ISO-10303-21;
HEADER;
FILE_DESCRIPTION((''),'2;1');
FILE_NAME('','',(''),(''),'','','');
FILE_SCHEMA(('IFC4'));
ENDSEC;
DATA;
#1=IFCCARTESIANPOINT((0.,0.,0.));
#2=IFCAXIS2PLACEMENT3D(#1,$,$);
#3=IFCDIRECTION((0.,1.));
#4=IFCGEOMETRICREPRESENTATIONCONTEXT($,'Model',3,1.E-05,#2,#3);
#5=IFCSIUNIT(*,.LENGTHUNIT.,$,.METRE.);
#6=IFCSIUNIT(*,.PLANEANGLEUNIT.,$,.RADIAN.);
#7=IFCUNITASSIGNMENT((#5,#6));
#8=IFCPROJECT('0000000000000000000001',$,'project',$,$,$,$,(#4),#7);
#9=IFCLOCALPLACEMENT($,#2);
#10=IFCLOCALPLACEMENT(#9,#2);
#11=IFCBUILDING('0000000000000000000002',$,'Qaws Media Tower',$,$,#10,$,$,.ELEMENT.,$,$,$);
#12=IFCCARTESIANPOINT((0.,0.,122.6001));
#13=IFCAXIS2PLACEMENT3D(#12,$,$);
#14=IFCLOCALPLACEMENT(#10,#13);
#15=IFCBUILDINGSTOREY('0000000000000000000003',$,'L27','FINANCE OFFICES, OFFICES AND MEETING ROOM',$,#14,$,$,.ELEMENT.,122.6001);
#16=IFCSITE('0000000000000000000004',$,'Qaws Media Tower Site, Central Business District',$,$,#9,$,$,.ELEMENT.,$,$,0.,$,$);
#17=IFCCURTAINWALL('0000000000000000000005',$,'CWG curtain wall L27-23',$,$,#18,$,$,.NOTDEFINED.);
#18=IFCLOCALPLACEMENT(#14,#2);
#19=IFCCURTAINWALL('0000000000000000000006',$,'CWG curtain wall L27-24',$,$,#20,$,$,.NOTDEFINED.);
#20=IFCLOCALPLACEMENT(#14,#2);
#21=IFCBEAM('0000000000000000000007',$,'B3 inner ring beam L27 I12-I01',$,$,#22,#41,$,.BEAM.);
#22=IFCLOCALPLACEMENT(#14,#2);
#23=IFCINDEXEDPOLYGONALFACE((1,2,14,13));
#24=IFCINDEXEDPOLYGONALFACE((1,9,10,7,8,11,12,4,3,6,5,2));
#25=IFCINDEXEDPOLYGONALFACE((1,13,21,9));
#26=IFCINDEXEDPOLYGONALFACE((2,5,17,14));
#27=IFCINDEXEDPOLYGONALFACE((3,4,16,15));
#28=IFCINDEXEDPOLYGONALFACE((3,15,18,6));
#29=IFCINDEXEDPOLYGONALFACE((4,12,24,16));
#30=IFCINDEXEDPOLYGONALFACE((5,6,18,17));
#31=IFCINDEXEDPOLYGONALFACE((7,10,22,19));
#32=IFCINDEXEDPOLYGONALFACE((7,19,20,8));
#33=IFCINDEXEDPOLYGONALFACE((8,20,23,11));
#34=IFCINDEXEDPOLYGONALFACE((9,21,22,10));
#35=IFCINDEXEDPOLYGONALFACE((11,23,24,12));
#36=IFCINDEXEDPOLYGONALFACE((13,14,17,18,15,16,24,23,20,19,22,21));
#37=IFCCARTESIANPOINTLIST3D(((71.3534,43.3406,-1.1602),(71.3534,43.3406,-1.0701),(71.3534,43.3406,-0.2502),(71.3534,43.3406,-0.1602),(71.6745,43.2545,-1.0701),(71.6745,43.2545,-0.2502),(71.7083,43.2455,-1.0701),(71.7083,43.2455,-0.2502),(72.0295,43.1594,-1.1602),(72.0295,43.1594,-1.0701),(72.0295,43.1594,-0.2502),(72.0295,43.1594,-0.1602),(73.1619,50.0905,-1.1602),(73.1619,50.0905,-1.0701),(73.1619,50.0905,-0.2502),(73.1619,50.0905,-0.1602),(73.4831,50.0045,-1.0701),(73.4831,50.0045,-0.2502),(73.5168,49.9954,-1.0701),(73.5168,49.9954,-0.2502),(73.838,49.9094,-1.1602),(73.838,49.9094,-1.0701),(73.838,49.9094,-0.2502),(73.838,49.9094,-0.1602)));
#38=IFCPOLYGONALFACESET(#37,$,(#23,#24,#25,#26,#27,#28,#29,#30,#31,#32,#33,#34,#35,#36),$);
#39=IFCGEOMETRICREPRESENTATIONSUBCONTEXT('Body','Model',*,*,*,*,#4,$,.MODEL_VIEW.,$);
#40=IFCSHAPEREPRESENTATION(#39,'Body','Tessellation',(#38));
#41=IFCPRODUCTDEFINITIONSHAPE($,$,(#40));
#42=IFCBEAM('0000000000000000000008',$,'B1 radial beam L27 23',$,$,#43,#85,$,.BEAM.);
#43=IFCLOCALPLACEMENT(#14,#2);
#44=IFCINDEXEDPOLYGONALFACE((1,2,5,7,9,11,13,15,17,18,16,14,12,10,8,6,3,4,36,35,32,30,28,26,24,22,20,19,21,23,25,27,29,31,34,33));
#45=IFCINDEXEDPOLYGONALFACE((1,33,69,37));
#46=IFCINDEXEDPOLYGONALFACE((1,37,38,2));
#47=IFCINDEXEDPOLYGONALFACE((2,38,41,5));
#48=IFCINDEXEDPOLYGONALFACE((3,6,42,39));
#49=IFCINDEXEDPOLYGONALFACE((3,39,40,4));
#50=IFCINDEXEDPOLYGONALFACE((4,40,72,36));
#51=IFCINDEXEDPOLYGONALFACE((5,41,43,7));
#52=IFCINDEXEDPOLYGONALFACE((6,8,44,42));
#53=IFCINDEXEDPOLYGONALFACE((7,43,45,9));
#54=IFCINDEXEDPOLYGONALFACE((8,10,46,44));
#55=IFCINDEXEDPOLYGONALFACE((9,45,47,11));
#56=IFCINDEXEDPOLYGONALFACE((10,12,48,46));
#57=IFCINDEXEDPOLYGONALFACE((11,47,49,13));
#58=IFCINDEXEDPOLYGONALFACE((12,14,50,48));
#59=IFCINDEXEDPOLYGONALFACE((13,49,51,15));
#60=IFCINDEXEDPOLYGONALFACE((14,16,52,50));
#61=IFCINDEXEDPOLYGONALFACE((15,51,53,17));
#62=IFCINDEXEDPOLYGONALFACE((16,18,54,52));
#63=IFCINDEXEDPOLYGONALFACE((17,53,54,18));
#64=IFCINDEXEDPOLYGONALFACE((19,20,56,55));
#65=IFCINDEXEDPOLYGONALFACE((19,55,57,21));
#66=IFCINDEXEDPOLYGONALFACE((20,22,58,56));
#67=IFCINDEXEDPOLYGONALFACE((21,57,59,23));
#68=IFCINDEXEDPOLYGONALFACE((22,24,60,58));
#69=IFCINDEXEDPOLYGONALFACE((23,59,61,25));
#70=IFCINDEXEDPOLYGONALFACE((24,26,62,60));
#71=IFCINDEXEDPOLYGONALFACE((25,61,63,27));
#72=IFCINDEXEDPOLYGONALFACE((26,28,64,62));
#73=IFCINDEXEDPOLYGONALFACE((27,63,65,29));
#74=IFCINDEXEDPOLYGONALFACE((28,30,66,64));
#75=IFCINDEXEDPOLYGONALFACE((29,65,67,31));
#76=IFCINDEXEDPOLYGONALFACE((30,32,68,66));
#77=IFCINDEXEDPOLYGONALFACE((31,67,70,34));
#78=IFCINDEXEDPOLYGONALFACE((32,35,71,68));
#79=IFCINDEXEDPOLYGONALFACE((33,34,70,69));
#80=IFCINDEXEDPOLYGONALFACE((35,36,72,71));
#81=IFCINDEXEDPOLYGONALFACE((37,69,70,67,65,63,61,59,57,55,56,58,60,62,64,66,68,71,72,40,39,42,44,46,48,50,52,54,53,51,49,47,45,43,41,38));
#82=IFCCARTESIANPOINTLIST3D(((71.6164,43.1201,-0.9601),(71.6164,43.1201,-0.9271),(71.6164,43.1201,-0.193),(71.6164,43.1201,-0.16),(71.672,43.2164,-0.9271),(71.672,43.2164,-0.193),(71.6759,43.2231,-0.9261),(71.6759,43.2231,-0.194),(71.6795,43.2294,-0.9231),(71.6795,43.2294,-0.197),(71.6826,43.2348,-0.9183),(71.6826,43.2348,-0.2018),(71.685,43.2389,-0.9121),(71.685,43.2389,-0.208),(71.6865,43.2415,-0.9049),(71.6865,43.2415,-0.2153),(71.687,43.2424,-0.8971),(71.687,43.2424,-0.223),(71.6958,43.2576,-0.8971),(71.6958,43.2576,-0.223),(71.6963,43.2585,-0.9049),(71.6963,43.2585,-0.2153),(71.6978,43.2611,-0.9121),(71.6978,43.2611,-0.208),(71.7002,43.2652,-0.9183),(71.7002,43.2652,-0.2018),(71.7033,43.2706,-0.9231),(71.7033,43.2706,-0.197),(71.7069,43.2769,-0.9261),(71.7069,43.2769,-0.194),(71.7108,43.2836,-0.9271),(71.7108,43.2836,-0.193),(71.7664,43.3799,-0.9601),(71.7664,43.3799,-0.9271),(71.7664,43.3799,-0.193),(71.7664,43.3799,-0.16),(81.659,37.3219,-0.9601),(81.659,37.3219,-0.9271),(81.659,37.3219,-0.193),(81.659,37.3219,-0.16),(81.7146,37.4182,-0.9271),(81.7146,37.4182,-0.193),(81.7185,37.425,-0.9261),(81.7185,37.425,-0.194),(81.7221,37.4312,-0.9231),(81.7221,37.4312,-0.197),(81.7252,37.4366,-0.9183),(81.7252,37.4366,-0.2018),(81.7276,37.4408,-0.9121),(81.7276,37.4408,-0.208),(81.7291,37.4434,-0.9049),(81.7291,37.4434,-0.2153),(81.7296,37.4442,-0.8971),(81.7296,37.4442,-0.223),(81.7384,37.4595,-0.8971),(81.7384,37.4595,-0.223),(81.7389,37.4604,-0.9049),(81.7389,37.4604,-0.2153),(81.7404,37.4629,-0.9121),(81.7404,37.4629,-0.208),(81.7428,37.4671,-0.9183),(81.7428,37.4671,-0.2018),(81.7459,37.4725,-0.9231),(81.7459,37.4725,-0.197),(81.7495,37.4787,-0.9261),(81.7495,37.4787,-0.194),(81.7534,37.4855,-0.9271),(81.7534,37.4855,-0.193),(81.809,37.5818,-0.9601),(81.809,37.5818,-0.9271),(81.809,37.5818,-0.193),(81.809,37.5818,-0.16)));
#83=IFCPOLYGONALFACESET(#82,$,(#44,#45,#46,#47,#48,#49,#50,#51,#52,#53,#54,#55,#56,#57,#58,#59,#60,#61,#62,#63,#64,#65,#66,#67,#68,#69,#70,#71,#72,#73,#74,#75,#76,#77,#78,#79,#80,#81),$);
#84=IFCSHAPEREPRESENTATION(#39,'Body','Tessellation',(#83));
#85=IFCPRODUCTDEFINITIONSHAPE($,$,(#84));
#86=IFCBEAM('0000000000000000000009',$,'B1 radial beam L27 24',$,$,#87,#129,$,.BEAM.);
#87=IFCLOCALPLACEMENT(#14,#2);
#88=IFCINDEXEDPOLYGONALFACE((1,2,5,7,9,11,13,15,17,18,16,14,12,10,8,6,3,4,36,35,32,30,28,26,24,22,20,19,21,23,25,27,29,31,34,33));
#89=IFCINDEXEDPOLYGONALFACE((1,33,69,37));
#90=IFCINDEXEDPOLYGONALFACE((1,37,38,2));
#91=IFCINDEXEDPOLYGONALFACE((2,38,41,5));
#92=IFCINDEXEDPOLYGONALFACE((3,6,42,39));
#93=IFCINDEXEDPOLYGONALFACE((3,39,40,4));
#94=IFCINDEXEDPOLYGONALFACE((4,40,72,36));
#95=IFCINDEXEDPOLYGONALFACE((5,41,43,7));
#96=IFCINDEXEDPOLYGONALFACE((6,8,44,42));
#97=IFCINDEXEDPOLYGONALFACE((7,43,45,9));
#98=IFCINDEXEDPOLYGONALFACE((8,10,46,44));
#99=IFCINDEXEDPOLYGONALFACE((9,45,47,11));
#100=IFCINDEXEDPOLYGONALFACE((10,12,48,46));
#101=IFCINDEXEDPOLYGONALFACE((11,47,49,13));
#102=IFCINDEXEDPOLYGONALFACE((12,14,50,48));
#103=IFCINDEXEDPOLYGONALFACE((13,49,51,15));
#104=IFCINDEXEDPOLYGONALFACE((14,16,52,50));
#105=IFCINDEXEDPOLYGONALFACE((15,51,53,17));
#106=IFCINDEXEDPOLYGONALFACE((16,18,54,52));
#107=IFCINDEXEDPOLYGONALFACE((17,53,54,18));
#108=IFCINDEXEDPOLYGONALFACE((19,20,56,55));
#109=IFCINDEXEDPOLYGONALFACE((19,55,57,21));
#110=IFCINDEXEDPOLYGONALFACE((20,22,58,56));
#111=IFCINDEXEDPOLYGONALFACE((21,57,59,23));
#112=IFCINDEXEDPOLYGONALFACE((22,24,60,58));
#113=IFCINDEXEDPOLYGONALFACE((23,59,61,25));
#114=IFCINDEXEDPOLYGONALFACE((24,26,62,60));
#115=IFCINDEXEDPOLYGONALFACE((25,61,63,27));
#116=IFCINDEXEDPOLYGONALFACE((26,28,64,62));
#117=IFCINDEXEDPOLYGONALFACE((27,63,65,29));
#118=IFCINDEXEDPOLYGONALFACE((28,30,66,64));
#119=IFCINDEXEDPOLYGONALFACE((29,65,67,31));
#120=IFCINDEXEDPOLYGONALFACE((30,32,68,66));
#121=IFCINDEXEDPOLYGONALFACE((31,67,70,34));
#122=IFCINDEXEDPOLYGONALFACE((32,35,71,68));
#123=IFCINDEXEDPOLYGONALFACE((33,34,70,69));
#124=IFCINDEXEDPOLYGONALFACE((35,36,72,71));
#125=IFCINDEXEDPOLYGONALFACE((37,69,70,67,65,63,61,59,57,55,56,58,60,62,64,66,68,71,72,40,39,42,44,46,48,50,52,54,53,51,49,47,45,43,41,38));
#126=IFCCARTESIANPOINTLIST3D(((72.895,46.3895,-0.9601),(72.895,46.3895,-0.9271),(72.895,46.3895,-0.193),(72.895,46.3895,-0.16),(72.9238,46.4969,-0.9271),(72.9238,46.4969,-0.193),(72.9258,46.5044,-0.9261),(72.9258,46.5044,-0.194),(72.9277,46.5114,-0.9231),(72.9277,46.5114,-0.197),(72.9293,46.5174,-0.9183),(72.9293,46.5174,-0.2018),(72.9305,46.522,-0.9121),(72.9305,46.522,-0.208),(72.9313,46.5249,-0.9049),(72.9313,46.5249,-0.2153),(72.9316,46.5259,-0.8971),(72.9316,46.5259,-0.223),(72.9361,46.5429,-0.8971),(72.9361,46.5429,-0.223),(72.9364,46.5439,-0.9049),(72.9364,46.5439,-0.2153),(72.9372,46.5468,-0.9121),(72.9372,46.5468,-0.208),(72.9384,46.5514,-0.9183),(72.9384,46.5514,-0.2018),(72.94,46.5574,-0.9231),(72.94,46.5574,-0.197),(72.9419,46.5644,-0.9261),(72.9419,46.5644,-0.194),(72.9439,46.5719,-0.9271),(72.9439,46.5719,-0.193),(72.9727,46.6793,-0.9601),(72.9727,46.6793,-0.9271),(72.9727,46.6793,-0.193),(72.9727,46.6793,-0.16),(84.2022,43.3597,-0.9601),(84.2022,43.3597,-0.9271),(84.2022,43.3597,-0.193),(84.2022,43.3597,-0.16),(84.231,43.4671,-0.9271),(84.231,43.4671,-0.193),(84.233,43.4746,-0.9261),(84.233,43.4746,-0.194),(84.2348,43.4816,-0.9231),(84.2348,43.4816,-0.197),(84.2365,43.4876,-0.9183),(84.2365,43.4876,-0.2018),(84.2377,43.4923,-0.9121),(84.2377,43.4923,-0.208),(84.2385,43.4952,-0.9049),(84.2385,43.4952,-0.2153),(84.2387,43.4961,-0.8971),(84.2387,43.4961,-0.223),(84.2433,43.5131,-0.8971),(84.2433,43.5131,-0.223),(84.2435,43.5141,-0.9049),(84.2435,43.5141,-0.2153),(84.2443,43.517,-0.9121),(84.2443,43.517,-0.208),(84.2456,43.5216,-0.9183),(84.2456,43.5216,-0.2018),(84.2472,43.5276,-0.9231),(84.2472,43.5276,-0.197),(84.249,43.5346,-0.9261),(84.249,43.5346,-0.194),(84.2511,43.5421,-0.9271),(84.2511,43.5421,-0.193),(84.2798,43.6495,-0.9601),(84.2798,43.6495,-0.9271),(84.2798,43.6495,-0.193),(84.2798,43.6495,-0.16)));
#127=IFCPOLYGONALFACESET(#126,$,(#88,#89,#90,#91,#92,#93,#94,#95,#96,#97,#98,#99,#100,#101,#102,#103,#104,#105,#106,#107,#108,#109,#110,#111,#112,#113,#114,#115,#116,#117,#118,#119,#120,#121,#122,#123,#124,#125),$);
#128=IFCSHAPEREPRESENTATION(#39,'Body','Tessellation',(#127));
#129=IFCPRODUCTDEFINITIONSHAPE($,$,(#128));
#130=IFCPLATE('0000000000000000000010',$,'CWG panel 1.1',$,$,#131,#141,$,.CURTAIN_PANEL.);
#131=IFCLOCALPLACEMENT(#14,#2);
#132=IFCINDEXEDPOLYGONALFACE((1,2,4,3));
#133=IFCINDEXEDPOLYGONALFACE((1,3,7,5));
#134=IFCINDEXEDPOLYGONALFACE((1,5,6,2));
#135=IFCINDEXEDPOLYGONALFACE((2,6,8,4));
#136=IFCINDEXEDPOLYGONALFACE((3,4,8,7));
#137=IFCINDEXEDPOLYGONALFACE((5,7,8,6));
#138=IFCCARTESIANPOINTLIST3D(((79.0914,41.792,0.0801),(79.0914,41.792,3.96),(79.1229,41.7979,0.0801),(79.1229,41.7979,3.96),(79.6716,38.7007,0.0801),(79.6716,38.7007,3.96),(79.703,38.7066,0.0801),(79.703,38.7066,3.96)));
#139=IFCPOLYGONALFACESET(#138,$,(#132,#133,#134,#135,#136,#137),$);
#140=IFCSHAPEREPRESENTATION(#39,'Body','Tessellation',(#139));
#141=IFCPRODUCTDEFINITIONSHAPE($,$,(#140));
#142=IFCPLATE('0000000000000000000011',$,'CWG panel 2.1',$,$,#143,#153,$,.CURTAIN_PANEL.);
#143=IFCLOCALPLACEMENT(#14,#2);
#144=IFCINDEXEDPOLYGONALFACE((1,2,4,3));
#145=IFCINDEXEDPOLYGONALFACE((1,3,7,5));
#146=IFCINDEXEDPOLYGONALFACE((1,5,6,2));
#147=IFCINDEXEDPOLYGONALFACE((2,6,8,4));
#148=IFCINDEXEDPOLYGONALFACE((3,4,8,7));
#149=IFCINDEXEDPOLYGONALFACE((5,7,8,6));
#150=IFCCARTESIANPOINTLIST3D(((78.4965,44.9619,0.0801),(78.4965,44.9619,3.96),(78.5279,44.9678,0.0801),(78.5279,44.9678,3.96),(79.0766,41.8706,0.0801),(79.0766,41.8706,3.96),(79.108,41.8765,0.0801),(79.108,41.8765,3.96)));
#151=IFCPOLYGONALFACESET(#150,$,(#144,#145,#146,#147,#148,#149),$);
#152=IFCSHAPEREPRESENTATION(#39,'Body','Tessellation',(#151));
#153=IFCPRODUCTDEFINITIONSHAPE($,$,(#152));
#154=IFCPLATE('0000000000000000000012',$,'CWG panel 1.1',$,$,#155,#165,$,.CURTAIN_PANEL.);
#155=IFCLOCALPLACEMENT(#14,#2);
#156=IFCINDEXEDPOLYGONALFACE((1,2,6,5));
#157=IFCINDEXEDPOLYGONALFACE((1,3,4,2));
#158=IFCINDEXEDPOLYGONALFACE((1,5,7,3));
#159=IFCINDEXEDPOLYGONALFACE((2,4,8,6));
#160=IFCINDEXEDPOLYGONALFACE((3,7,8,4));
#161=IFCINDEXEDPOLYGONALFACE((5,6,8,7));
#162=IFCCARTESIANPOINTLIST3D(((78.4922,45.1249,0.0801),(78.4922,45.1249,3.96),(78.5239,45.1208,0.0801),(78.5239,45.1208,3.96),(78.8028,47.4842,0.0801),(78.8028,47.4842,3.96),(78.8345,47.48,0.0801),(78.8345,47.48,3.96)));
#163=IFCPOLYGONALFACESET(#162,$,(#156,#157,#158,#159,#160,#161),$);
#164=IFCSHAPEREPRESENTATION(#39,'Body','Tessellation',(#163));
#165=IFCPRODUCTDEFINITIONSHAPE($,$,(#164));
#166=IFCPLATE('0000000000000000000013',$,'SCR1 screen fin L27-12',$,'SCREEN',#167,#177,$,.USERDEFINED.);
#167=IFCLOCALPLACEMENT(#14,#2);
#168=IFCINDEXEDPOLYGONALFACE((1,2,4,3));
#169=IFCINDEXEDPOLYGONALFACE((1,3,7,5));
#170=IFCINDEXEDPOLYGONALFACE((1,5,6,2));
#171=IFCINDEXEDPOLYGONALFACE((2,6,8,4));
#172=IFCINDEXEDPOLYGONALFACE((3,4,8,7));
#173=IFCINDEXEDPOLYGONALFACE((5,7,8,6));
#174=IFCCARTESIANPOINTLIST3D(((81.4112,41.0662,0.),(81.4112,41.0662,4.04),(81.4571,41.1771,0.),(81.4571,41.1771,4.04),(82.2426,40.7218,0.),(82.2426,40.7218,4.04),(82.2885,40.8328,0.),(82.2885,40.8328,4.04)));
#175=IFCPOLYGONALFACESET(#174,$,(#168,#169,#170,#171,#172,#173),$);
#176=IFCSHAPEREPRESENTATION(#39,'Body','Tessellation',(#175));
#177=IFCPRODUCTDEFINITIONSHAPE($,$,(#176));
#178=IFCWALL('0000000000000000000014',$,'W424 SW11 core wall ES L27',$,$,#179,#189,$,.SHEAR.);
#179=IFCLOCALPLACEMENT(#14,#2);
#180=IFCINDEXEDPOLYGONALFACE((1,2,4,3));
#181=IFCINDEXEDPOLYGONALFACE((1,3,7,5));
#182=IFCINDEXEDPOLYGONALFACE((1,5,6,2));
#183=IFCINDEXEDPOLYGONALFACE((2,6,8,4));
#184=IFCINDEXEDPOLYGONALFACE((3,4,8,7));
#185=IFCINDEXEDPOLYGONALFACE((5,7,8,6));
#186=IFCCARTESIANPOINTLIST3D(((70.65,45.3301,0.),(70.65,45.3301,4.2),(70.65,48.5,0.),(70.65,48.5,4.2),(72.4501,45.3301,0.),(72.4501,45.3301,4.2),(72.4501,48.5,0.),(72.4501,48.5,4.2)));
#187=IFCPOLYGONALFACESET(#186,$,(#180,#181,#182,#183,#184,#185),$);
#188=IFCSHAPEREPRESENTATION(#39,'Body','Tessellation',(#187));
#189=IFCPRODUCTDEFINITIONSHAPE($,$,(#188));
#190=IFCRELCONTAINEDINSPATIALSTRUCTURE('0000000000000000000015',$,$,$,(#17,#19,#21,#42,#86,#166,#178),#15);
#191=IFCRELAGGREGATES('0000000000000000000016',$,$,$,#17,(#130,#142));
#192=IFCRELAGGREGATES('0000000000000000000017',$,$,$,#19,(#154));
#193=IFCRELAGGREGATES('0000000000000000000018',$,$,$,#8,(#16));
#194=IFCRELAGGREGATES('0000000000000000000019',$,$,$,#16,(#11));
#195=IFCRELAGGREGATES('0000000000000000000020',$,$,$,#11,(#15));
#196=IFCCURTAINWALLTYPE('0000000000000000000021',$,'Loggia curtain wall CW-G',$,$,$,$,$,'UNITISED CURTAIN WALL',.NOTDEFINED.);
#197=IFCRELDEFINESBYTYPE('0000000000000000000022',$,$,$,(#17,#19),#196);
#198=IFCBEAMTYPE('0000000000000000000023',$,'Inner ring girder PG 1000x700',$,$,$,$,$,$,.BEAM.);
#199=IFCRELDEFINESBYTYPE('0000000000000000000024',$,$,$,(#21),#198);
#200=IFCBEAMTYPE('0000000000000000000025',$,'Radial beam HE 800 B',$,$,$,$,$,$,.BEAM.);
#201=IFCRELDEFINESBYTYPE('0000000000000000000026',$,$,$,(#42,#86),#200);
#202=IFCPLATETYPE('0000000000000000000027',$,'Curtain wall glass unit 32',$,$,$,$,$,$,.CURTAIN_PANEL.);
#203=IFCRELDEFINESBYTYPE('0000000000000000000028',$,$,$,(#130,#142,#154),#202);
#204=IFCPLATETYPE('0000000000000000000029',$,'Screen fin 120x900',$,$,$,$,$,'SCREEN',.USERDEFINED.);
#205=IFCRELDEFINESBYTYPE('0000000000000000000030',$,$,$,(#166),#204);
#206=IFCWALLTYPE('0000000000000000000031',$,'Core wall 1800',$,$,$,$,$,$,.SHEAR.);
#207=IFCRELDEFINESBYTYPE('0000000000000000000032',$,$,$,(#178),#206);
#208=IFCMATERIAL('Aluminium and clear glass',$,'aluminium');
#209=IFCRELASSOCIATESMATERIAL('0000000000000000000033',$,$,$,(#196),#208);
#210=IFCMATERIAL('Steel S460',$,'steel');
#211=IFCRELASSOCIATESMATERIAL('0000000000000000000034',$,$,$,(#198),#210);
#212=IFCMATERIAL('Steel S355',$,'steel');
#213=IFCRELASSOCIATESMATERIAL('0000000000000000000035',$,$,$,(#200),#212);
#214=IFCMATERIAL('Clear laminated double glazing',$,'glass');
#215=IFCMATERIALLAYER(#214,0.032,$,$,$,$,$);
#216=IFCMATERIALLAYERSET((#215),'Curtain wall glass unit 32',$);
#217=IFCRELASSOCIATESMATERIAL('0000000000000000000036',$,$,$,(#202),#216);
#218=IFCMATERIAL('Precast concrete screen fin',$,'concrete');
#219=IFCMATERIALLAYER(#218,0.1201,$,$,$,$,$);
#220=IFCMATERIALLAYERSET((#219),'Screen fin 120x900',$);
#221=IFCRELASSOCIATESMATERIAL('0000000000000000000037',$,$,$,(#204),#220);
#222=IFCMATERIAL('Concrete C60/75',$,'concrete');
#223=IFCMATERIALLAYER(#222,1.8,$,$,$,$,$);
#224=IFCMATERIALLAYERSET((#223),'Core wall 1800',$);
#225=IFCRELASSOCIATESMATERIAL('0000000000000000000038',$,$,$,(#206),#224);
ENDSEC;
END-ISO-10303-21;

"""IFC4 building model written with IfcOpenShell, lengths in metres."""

from ifc_helpers import new_model, si_unit, direction, frame, frame_2d, origin, origin_2d, place, context, subcontext, project, spatial, rectangle, i_section, extrude, material, layer, layer_set, material_profile, profile_set, type_object, element, aggregate, save


model = new_model("IFC4")

# Units and contexts
model_context = context("Model", 3, precision=1e-05, world=origin(), true_north=direction((0.0, 1.0)))
body_context = subcontext(model_context, "Body", "Model", "MODEL_VIEW")
ifc_project = project(units=[si_unit("LENGTHUNIT", "METRE"), si_unit("PLANEANGLEUNIT", "RADIAN")], contexts=[model_context])

# Site, building, storey
site_placement = place(None, origin())
site = spatial("IfcSite", under=ifc_project, at=site_placement, Name="Qaws Media Tower Site, Central Business District", CompositionType="ELEMENT", RefElevation=0.0)
building_placement = place(site_placement, origin())
building = spatial("IfcBuilding", under=site, at=building_placement, Name="Qaws Media Tower", CompositionType="ELEMENT")
storey_placement = place(building_placement, frame((0.0, 0.0, 122.6001)))
storey = spatial("IfcBuildingStorey", under=building, at=storey_placement, Name="L27", Description="FINANCE OFFICES, OFFICES AND MEETING ROOM", CompositionType="ELEMENT", Elevation=122.6001)

# Curtain walls
ifc_material_1 = material(Name="Aluminium and clear glass", Category="aluminium")
curtain_wall_type = type_object("IfcCurtainWallType", Name="Loggia curtain wall CW-G", ElementType="UNITISED CURTAIN WALL", PredefinedType="NOTDEFINED", material=ifc_material_1)
curtain_wall_1_placement = place(storey_placement, origin())
curtain_wall_1 = element("IfcCurtainWall", 1, at=curtain_wall_1_placement, inside=storey, type_object=curtain_wall_type, Name="CWG curtain wall L27-23", PredefinedType="NOTDEFINED")
curtain_wall_2_placement = place(storey_placement, origin())
curtain_wall_2 = element("IfcCurtainWall", 2, at=curtain_wall_2_placement, inside=storey, type_object=curtain_wall_type, Name="CWG curtain wall L27-24", PredefinedType="NOTDEFINED")

# Beams
ifc_material_2 = material(Name="Steel S460", Category="steel")
ifc_material_profile_1 = material_profile(ifc_material_2, i_section(OverallWidth=0.7, OverallDepth=1.0, WebThickness=0.0349, FlangeThickness=0.0901, at=origin_2d()), Name="PG 1000x700")
ifc_profile_set_1 = profile_set([ifc_material_profile_1], Name="Steel S460")
beam_type_1 = type_object("IfcBeamType", Name="Inner ring girder PG 1000x700", PredefinedType="BEAM", material=ifc_profile_set_1)
beam_1_placement = place(storey_placement, frame((71.6914, 43.25, -0.6602), z_axis=(0.258811, 0.965928, 0.0), x_axis=(-0.965928, 0.258811, 0.0)))
element("IfcBeam", 3, at=beam_1_placement, inside=storey, type_object=beam_type_1, Name="B3 inner ring beam L27 I12-I01", PredefinedType="BEAM", context=body_context, shape_type="SweptSolid", body=[
    extrude(i_section(OverallWidth=0.7, OverallDepth=1.0, WebThickness=0.0349, FlangeThickness=0.0901, at=origin_2d()), origin(), (0.0, 0.0, 1.0), 6.988),
])
ifc_material_3 = material(Name="Steel S355", Category="steel")
ifc_material_profile_2 = material_profile(ifc_material_3, i_section(OverallWidth=0.3, OverallDepth=0.8, WebThickness=0.0176, FlangeThickness=0.033, FilletRadius=0.03, at=origin_2d()), Name="HE 800 B")
ifc_profile_set_2 = profile_set([ifc_material_profile_2], Name="Steel S355")
beam_type_2 = type_object("IfcBeamType", Name="Radial beam HE 800 B", PredefinedType="BEAM", material=ifc_profile_set_2)
beam_2_placement = place(storey_placement, frame((71.6914, 43.25, -0.5601), z_axis=(0.866023, -0.500004, 0.0), x_axis=(0.500004, 0.866023, 0.0)))
element("IfcBeam", 4, at=beam_2_placement, inside=storey, type_object=beam_type_2, Name="B1 radial beam L27 23", PredefinedType="BEAM", context=body_context, shape_type="SweptSolid", body=[
    extrude(i_section(OverallWidth=0.3, OverallDepth=0.8, WebThickness=0.0176, FlangeThickness=0.033, FilletRadius=0.03, at=origin_2d()), origin(), (0.0, 0.0, 1.0), 11.5962),
])
beam_3_placement = place(storey_placement, frame((72.9338, 46.5344, -0.5601), z_axis=(0.965925, -0.258823, 0.0), x_axis=(0.258823, 0.965925, 0.0)))
element("IfcBeam", 5, at=beam_3_placement, inside=storey, type_object=beam_type_2, Name="B1 radial beam L27 24", PredefinedType="BEAM", context=body_context, shape_type="SweptSolid", body=[
    extrude(i_section(OverallWidth=0.3, OverallDepth=0.8, WebThickness=0.0176, FlangeThickness=0.033, FilletRadius=0.03, at=origin_2d()), origin(), (0.0, 0.0, 1.0), 11.7061),
])

# Plates
ifc_material_4 = material(Name="Clear laminated double glazing", Category="glass")
ifc_layer_1 = layer(ifc_material_4, 0.032)
ifc_layer_set_1 = layer_set([ifc_layer_1], Name="Curtain wall glass unit 32")
plate_type_1 = type_object("IfcPlateType", Name="Curtain wall glass unit 32", PredefinedType="CURTAIN_PANEL", material=ifc_layer_set_1)
plate_1_placement = place(storey_placement, frame((79.3972, 40.2493, 0.0801), z_axis=(0.0, 0.0, 1.0), x_axis=(-0.184452, 0.982841, 0.0)))
plate_1 = element("IfcPlate", 6, at=plate_1_placement, type_object=plate_type_1, Name="CWG panel 1.1", PredefinedType="CURTAIN_PANEL", context=body_context, shape_type="SweptSolid", body=[
    extrude(rectangle(XDim=3.1453, YDim=0.032, at=origin_2d()), origin(), (0.0, 0.0, 1.0), 3.8799),
])
plate_2_placement = place(storey_placement, frame((78.8022, 43.4192, 0.0801), z_axis=(0.0, 0.0, 1.0), x_axis=(-0.184452, 0.982841, 0.0)))
plate_2 = element("IfcPlate", 7, at=plate_2_placement, type_object=plate_type_1, Name="CWG panel 2.1", PredefinedType="CURTAIN_PANEL", context=body_context, shape_type="SweptSolid", body=[
    extrude(rectangle(XDim=3.1453, YDim=0.032, at=origin_2d()), origin(), (0.0, 0.0, 1.0), 3.8799),
])
aggregate(curtain_wall_1, [plate_1, plate_2])
plate_3_placement = place(storey_placement, frame((78.6633, 46.3025, 0.0801), z_axis=(0.0, 0.0, 1.0), x_axis=(0.130526, 0.991445, 0.0)))
plate_3 = element("IfcPlate", 8, at=plate_3_placement, type_object=plate_type_1, Name="CWG panel 1.1", PredefinedType="CURTAIN_PANEL", context=body_context, shape_type="SweptSolid", body=[
    extrude(rectangle(XDim=2.3796, YDim=0.032, at=origin_2d()), origin(), (0.0, 0.0, 1.0), 3.8799),
])
aggregate(curtain_wall_2, [plate_3])
ifc_material_5 = material(Name="Precast concrete screen fin", Category="concrete")
ifc_layer_2 = layer(ifc_material_5, 0.1201)
ifc_layer_set_2 = layer_set([ifc_layer_2], Name="Screen fin 120x900")
plate_type_2 = type_object("IfcPlateType", Name="Screen fin 120x900", ElementType="SCREEN", PredefinedType="USERDEFINED", material=ifc_layer_set_2)
plate_4_placement = place(storey_placement, frame((81.8499, 40.9495, 0.0), z_axis=(0.0, 0.0, 1.0), x_axis=(0.92388, -0.382683, 0.0)))
element("IfcPlate", 9, at=plate_4_placement, inside=storey, type_object=plate_type_2, Name="SCR1 screen fin L27-12", ObjectType="SCREEN", PredefinedType="USERDEFINED", context=body_context, shape_type="SweptSolid", body=[
    extrude(rectangle(XDim=0.8999, YDim=0.1201, at=origin_2d()), origin(), (0.0, 0.0, 1.0), 4.04),
])

# Wall
ifc_material_6 = material(Name="Concrete C60/75", Category="concrete")
ifc_layer_3 = layer(ifc_material_6, 1.8)
ifc_layer_set_3 = layer_set([ifc_layer_3], Name="Core wall 1800")
wall_type_1 = type_object("IfcWallType", Name="Core wall 1800", PredefinedType="SHEAR", material=ifc_layer_set_3)
wall_1_placement = place(storey_placement, frame((71.55, 45.3301, 0.0), z_axis=(0.0, 0.0, 1.0), x_axis=(0.0, 1.0, 0.0)))
element("IfcWall", 10, at=wall_1_placement, inside=storey, type_object=wall_type_1, Name="W424 SW11 core wall ES L27", PredefinedType="SHEAR", context=body_context, shape_type="SweptSolid", body=[
    extrude(rectangle(XDim=3.1699, YDim=1.8, at=frame_2d((1.585, 0.0))), origin(), (0.0, 0.0, 1.0), 4.2),
])

save(model, "model.ifc")
